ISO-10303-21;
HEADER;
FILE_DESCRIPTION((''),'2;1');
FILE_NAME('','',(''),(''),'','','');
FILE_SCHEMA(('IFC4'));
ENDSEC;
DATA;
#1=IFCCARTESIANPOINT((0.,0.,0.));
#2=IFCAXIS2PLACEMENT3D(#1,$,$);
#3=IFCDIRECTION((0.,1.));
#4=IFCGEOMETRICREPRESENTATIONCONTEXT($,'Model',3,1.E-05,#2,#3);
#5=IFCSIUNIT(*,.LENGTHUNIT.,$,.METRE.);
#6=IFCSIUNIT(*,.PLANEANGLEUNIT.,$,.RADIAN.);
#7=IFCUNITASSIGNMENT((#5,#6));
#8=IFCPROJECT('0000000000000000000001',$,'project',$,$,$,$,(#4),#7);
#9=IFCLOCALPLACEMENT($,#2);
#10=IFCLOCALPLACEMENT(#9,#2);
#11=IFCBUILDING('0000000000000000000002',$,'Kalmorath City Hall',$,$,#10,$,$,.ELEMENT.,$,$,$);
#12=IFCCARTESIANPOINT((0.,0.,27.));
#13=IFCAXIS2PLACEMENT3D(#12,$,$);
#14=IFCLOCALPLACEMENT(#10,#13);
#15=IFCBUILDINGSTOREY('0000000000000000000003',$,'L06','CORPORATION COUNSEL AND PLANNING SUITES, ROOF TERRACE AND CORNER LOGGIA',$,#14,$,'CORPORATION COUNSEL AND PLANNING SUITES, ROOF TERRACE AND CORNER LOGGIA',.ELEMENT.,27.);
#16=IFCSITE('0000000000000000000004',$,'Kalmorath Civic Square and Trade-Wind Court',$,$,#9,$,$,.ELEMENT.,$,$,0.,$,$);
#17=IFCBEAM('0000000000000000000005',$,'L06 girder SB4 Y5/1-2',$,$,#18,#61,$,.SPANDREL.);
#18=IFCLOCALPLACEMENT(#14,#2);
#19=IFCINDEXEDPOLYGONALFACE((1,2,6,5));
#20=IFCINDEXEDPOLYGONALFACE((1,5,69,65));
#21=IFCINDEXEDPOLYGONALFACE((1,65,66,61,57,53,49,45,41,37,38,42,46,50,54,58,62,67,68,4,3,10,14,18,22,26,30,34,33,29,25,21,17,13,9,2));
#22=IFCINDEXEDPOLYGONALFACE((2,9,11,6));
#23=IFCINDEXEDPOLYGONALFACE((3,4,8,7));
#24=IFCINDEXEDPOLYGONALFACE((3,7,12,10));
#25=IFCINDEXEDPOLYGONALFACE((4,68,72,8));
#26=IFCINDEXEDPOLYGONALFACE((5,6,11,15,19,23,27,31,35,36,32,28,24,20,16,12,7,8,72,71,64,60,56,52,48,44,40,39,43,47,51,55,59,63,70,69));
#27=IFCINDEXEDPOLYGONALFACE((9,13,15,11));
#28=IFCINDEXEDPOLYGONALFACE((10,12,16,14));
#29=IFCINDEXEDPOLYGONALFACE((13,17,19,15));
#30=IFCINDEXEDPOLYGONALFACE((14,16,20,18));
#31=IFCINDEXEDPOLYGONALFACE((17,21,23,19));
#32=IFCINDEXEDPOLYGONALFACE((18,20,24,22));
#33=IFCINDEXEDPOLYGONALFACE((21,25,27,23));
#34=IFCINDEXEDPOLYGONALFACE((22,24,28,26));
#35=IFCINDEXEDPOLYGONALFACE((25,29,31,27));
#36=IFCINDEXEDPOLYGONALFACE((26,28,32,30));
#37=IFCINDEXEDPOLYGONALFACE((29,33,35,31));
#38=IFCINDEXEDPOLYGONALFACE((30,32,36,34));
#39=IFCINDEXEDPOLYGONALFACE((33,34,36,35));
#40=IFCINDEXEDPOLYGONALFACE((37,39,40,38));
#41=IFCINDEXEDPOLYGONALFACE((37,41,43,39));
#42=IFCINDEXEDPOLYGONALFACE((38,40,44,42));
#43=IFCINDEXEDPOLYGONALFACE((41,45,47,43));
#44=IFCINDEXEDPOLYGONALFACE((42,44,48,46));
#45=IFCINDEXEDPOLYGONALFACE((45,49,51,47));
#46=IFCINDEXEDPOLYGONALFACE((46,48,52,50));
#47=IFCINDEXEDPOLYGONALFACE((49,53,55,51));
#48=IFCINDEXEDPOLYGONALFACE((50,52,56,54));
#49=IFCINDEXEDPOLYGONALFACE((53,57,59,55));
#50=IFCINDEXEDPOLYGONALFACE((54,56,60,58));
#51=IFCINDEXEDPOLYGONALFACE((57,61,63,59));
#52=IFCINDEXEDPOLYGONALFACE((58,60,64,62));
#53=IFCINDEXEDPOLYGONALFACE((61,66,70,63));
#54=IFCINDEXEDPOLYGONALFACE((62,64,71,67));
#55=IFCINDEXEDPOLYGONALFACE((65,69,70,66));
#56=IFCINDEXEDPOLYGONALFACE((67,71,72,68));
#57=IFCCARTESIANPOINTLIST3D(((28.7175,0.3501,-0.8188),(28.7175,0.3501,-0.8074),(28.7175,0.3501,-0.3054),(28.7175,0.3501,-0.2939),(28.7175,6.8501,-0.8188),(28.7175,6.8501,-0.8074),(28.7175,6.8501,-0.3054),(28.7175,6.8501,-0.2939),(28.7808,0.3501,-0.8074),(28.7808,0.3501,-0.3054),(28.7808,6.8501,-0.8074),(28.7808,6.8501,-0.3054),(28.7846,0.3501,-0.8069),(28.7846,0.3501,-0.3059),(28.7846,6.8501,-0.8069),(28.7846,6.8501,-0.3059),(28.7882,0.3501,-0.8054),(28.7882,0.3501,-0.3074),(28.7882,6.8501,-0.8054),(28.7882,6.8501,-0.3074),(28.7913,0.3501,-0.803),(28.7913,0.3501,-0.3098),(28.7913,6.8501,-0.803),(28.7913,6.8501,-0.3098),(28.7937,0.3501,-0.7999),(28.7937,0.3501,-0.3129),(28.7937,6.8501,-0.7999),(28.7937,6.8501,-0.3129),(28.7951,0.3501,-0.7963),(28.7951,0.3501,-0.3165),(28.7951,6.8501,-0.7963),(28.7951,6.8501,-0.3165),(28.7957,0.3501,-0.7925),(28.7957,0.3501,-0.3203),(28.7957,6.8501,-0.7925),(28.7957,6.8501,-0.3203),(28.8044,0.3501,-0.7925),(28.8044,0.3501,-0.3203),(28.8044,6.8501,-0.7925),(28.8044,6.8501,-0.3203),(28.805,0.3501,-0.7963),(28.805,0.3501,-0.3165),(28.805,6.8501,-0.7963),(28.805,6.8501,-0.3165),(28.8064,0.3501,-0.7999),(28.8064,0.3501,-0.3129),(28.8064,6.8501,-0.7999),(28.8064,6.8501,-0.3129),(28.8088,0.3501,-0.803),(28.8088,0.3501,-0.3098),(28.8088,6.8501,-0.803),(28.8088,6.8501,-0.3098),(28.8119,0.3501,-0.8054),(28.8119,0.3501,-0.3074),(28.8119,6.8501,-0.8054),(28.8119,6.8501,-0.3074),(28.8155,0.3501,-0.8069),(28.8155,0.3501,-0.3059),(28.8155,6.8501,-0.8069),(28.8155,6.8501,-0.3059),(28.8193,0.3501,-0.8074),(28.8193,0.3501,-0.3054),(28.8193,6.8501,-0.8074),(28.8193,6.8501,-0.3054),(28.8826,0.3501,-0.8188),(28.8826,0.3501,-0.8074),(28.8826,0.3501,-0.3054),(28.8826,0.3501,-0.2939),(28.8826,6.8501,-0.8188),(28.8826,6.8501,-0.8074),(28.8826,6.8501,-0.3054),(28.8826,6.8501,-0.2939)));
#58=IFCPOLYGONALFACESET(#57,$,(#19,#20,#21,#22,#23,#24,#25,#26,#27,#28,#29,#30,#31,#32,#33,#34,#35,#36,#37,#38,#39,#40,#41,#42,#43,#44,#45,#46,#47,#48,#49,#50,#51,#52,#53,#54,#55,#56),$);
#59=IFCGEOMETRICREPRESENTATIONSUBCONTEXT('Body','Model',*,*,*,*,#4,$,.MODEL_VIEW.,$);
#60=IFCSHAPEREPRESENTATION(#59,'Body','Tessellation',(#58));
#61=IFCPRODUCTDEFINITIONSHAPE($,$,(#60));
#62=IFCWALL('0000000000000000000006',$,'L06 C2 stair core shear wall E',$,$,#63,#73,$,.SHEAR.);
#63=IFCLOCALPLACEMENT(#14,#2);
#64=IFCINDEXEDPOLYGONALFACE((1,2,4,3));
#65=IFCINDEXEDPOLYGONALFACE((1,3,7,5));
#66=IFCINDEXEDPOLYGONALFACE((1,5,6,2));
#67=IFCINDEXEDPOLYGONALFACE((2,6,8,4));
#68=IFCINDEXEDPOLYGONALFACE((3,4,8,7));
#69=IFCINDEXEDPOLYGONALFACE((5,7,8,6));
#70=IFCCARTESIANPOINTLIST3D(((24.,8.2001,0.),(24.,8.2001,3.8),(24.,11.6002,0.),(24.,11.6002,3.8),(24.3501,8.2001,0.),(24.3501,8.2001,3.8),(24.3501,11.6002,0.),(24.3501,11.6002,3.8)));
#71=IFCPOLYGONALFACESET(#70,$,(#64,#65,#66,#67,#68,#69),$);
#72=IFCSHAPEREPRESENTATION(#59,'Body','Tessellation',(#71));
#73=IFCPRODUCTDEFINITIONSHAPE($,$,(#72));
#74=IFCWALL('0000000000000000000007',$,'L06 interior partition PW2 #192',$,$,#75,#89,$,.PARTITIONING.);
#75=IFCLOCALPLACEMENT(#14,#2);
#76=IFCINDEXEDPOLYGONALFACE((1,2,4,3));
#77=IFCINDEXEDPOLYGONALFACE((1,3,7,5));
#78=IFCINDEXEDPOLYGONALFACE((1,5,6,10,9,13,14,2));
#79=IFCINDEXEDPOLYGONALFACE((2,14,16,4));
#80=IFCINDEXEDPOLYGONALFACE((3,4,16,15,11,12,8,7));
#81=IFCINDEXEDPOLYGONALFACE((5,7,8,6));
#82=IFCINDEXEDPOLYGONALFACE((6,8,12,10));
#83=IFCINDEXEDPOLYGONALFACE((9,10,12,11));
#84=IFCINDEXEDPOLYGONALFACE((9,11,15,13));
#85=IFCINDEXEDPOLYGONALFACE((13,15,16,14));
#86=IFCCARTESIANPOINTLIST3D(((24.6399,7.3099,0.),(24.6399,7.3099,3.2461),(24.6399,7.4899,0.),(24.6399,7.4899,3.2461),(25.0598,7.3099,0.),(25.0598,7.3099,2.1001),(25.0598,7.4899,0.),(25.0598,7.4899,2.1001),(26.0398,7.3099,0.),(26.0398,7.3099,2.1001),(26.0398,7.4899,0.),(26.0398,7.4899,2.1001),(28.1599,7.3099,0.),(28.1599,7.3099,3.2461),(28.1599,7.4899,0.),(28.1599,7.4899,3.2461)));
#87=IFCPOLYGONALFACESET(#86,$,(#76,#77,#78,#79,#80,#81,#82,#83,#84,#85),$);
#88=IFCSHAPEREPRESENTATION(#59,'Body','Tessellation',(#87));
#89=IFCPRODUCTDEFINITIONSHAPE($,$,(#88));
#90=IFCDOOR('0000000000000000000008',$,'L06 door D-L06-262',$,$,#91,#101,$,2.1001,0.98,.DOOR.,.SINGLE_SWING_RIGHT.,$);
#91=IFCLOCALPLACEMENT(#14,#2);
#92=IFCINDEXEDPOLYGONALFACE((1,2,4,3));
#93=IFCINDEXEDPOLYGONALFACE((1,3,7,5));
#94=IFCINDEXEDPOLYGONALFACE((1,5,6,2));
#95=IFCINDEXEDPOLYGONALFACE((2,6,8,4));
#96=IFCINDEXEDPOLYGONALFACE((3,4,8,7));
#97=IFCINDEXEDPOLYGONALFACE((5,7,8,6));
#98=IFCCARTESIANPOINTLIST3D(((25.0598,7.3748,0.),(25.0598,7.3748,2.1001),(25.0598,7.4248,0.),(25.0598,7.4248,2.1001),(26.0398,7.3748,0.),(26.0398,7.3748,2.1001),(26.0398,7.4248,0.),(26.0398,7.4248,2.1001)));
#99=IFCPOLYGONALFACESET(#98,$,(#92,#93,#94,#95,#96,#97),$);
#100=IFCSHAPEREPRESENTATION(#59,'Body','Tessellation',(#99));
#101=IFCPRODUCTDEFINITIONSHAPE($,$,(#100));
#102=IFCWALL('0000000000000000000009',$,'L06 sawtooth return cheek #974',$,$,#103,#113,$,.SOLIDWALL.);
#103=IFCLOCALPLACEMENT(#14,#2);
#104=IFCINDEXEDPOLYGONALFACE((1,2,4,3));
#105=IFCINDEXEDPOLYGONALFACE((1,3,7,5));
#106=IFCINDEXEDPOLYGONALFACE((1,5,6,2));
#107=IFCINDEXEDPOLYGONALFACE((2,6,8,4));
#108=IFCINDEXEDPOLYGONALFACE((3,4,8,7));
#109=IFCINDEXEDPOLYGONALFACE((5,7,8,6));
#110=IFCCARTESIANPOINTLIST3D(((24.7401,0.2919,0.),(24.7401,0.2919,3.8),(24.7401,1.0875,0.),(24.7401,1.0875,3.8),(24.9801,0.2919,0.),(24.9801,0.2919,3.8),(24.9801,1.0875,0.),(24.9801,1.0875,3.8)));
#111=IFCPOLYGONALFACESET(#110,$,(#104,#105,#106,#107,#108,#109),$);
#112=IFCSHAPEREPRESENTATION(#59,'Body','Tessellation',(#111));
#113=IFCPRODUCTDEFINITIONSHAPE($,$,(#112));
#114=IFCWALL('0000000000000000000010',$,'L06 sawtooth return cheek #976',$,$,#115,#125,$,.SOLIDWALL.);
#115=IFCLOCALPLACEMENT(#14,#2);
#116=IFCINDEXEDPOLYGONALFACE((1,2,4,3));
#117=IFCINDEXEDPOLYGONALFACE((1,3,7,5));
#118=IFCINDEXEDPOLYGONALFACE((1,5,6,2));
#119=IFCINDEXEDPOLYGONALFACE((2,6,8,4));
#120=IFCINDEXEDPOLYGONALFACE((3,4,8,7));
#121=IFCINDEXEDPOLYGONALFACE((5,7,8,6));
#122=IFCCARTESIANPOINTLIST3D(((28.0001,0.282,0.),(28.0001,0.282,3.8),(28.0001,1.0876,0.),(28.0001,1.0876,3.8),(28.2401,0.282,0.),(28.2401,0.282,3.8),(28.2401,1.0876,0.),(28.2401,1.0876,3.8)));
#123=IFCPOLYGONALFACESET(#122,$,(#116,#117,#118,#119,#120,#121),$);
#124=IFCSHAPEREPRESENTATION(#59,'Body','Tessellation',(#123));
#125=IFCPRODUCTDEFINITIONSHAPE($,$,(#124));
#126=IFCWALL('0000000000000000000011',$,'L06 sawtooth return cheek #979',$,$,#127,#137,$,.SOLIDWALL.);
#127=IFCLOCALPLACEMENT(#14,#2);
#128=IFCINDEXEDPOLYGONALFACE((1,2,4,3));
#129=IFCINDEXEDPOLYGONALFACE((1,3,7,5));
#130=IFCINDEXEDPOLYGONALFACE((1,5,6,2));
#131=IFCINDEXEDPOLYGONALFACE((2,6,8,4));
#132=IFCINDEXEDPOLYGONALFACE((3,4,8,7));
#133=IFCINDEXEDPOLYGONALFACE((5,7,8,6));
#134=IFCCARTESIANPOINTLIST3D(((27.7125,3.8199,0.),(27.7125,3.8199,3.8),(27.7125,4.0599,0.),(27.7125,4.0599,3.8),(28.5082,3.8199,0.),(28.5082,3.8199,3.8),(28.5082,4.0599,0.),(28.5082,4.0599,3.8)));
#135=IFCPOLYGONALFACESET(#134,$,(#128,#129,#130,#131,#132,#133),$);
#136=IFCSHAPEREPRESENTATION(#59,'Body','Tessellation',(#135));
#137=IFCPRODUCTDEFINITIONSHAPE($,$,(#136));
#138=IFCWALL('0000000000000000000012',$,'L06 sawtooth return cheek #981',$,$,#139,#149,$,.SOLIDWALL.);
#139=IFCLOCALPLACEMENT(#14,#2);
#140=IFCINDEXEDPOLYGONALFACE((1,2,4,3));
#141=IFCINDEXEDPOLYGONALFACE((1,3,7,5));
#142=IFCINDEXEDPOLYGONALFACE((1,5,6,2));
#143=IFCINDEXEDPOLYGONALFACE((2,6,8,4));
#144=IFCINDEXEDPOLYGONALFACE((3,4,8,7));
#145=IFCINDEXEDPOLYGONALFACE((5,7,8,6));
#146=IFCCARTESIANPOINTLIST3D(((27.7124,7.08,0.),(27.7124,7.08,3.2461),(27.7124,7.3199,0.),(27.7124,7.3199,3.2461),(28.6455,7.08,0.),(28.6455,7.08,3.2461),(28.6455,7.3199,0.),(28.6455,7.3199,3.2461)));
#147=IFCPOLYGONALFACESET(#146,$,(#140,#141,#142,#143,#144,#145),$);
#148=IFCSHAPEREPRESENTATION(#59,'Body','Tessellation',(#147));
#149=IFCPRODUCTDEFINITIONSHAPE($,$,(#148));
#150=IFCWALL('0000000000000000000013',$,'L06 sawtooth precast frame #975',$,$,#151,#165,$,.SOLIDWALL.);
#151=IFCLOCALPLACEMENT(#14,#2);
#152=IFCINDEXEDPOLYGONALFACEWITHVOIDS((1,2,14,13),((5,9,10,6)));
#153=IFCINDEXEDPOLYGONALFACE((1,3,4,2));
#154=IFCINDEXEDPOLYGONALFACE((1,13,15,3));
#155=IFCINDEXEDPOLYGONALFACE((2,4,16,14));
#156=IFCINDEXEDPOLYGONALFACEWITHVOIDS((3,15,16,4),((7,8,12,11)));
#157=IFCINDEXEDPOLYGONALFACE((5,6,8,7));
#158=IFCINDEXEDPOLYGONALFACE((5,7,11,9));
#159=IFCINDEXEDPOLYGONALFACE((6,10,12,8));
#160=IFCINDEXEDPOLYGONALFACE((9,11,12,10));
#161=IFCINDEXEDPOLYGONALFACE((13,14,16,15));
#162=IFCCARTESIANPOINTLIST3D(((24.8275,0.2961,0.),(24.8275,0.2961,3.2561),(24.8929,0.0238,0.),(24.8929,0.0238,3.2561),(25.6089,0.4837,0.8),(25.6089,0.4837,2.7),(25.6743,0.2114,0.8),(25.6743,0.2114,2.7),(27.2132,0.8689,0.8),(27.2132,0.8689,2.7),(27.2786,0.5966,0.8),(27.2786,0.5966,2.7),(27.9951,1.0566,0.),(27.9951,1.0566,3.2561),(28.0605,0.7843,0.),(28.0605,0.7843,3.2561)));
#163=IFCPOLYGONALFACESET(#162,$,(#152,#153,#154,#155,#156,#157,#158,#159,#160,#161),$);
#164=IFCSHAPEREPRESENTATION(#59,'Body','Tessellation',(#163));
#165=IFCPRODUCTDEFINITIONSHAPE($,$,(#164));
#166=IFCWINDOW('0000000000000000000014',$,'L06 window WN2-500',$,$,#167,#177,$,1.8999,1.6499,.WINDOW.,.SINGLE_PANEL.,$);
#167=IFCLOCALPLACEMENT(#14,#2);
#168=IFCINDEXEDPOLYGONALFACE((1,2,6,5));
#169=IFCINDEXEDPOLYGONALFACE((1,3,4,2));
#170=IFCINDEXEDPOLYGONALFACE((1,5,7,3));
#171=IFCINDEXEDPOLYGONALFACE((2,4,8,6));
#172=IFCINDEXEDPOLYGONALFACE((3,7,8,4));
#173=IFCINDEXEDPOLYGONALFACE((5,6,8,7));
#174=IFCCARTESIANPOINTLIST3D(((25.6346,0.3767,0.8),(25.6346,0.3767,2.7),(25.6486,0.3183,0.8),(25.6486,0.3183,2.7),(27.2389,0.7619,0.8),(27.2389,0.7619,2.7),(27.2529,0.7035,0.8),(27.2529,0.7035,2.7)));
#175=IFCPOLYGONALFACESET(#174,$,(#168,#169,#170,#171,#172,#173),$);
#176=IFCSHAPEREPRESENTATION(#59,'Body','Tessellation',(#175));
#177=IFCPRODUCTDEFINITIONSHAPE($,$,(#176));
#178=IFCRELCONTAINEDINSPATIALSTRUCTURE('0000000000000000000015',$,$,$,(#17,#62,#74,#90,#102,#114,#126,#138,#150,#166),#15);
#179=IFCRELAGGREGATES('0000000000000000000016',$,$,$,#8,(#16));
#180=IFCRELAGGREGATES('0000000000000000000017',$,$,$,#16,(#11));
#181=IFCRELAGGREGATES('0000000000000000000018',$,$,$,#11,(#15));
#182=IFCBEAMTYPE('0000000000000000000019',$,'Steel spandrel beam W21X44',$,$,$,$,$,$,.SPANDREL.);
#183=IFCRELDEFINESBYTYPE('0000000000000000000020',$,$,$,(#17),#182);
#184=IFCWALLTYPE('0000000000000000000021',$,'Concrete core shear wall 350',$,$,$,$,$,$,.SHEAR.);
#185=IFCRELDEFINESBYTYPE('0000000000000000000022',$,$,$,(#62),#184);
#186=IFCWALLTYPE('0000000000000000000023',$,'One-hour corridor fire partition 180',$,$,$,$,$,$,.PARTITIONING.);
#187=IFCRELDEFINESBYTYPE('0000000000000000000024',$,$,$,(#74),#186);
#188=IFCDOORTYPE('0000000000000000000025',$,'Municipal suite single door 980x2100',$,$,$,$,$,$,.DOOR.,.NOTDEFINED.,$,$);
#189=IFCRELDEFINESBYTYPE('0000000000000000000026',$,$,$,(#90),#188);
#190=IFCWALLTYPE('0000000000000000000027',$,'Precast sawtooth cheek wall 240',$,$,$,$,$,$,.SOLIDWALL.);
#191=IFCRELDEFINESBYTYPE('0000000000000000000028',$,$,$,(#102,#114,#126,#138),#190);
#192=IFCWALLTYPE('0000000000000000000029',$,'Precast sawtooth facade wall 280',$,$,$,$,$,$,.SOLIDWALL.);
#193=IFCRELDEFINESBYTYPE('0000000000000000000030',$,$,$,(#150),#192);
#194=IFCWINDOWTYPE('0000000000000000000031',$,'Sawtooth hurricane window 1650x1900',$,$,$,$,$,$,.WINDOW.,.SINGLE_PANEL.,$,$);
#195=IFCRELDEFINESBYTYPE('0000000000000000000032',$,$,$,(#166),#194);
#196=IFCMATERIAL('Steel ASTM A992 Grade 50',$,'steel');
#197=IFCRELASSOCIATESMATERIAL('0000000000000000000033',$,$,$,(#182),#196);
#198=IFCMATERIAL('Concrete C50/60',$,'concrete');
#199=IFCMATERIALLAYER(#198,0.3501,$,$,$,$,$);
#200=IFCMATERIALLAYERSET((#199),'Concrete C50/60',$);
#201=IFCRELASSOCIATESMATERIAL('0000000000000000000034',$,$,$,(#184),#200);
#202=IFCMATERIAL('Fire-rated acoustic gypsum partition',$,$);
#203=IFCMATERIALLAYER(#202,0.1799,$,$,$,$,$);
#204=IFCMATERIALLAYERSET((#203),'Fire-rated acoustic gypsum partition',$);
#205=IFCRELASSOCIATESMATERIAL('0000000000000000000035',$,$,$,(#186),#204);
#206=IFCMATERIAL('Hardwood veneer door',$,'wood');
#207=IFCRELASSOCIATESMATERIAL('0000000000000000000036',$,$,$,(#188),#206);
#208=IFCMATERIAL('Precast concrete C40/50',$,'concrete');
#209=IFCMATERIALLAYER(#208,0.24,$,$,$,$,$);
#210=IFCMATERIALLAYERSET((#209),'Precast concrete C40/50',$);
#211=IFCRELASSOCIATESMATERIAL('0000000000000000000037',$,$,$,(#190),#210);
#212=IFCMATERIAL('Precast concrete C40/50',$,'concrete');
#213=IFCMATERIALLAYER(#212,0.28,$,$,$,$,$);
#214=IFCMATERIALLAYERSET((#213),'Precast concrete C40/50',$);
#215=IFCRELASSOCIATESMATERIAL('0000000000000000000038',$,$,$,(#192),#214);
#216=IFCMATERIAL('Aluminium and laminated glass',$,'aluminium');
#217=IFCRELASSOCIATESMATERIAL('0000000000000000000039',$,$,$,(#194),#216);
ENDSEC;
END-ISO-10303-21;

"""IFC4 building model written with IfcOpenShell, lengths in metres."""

from ifc_helpers import new_model, si_unit, direction, frame, frame_2d, origin, origin_2d, place, context, subcontext, project, spatial, rectangle, i_section, extrude, material, layer, layer_set, material_profile, profile_set, type_object, element, fill, save


model = new_model("IFC4")

# Units and contexts
model_context = context("Model", 3, precision=1e-05, world=origin(), true_north=direction((0.0, 1.0)))
body_context = subcontext(model_context, "Body", "Model", "MODEL_VIEW")
ifc_project = project(units=[si_unit("LENGTHUNIT", "METRE"), si_unit("PLANEANGLEUNIT", "RADIAN")], contexts=[model_context])

# Site, building, storey
site_placement = place(None, origin())
site = spatial("IfcSite", under=ifc_project, at=site_placement, Name="Kalmorath Civic Square and Trade-Wind Court", CompositionType="ELEMENT", RefElevation=0.0)
building_placement = place(site_placement, origin())
building = spatial("IfcBuilding", under=site, at=building_placement, Name="Kalmorath City Hall", CompositionType="ELEMENT")
storey_placement = place(building_placement, frame((0.0, 0.0, 27.0)))
storey = spatial("IfcBuildingStorey", under=building, at=storey_placement, Name="L06", Description="CORPORATION COUNSEL AND PLANNING SUITES, ROOF TERRACE AND CORNER LOGGIA", LongName="CORPORATION COUNSEL AND PLANNING SUITES, ROOF TERRACE AND CORNER LOGGIA", CompositionType="ELEMENT", Elevation=27.0)

# Beam
ifc_material_1 = material(Name="Steel ASTM A992 Grade 50", Category="steel")
ifc_material_profile_1 = material_profile(ifc_material_1, i_section(OverallWidth=0.165, OverallDepth=0.5249, WebThickness=0.0088, FlangeThickness=0.0115, FilletRadius=0.0149, at=origin_2d()), Name="W21X44")
ifc_profile_set_1 = profile_set([ifc_material_profile_1], Name="Steel ASTM A992 Grade 50")
beam_type_1 = type_object("IfcBeamType", Name="Steel spandrel beam W21X44", PredefinedType="SPANDREL", material=ifc_profile_set_1)
beam_1_placement = place(storey_placement, frame((28.8, 0.3501, -0.5564), z_axis=(0.0, 1.0, 0.0), x_axis=(-1.0, 0.0, 0.0)))
element("IfcBeam", 1, at=beam_1_placement, inside=storey, type_object=beam_type_1, Name="L06 girder SB4 Y5/1-2", PredefinedType="SPANDREL", context=body_context, shape_type="SweptSolid", body=[
    extrude(i_section(OverallWidth=0.165, OverallDepth=0.5249, WebThickness=0.0088, FlangeThickness=0.0115, FilletRadius=0.0149, at=origin_2d()), origin(), (0.0, 0.0, 1.0), 6.5),
])

# Wall
ifc_material_2 = material(Name="Concrete C50/60", Category="concrete")
ifc_layer_1 = layer(ifc_material_2, 0.3501)
ifc_layer_set_1 = layer_set([ifc_layer_1], Name="Concrete C50/60")
wall_type_1 = type_object("IfcWallType", Name="Concrete core shear wall 350", PredefinedType="SHEAR", material=ifc_layer_set_1)
wall_1_placement = place(storey_placement, frame((24.175, 8.2, 0.0), z_axis=(0.0, 0.0, 1.0), x_axis=(0.0, 1.0, 0.0)))
element("IfcWall", 2, at=wall_1_placement, inside=storey, type_object=wall_type_1, Name="L06 C2 stair core shear wall E", PredefinedType="SHEAR", context=body_context, shape_type="SweptSolid", body=[
    extrude(rectangle(XDim=3.4001, YDim=0.3501, at=frame_2d((1.7002, 0.0))), origin(), (0.0, 0.0, 1.0), 3.8),
])

# Wall, opening, door
ifc_material_3 = material(Name="Fire-rated acoustic gypsum partition")
ifc_layer_2 = layer(ifc_material_3, 0.1799)
ifc_layer_set_2 = layer_set([ifc_layer_2], Name="Fire-rated acoustic gypsum partition")
wall_type_2 = type_object("IfcWallType", Name="One-hour corridor fire partition 180", PredefinedType="PARTITIONING", material=ifc_layer_set_2)
wall_2_placement = place(storey_placement, frame((24.6399, 7.3999, 0.0), z_axis=(0.0, 0.0, 1.0), x_axis=(1.0, 0.0, 0.0)))
wall_2 = element("IfcWall", 3, at=wall_2_placement, inside=storey, type_object=wall_type_2, Name="L06 interior partition PW2 #192", PredefinedType="PARTITIONING", context=body_context, shape_type="SweptSolid", body=[
    extrude(rectangle(XDim=3.52, YDim=0.1799, at=frame_2d((1.76, 0.0))), origin(), (0.0, 0.0, 1.0), 3.2461),
])
opening_1_placement = place(wall_2_placement, frame((0.4199, 0.0, 0.0)))
opening_1 = element("IfcOpeningElement", 4, at=opening_1_placement, cuts=wall_2, PredefinedType="OPENING", context=body_context, shape_type="SweptSolid", body=[
    extrude(rectangle(XDim=0.98, YDim=2.1001, at=frame_2d((0.49, 1.05))), frame((0.0, 0.0999, 0.0), z_axis=(0.0, -1.0, 0.0), x_axis=(1.0, 0.0, 0.0)), (0.0, 0.0, 1.0), 0.2),
])
ifc_material_4 = material(Name="Hardwood veneer door", Category="wood")
door_type_1 = type_object("IfcDoorType", Name="Municipal suite single door 980x2100", OperationType="NOTDEFINED", PredefinedType="DOOR", material=ifc_material_4)
door_1_placement = place(opening_1_placement, origin())
door_1 = element("IfcDoor", 5, at=door_1_placement, inside=storey, type_object=door_type_1, Name="L06 door D-L06-262", OperationType="SINGLE_SWING_RIGHT", OverallHeight=2.1001, OverallWidth=0.98, PredefinedType="DOOR", context=body_context, shape_type="SweptSolid", body=[
    extrude(rectangle(XDim=0.98, YDim=2.1001, at=frame_2d((0.49, 1.05))), frame((0.0, 0.0249, 0.0), z_axis=(0.0, -1.0, 0.0), x_axis=(1.0, 0.0, 0.0)), (0.0, 0.0, 1.0), 0.05),
])
fill(opening_1, door_1)

# Walls
ifc_material_5 = material(Name="Precast concrete C40/50", Category="concrete")
ifc_layer_3 = layer(ifc_material_5, 0.24)
ifc_layer_set_3 = layer_set([ifc_layer_3], Name="Precast concrete C40/50")
wall_type_3 = type_object("IfcWallType", Name="Precast sawtooth cheek wall 240", PredefinedType="SOLIDWALL", material=ifc_layer_set_3)
wall_3_placement = place(storey_placement, frame((24.8601, 1.0876, 0.0), z_axis=(0.0, 0.0, 1.0), x_axis=(0.0, -1.0, 0.0)))
element("IfcWall", 6, at=wall_3_placement, inside=storey, type_object=wall_type_3, Name="L06 sawtooth return cheek #974", PredefinedType="SOLIDWALL", context=body_context, shape_type="SweptSolid", body=[
    extrude(rectangle(XDim=0.7957, YDim=0.24, at=frame_2d((0.3979, 0.0))), origin(), (0.0, 0.0, 1.0), 3.8),
])
wall_4_placement = place(storey_placement, frame((28.1201, 1.0876, 0.0), z_axis=(0.0, 0.0, 1.0), x_axis=(0.0, -1.0, 0.0)))
element("IfcWall", 7, at=wall_4_placement, inside=storey, type_object=wall_type_3, Name="L06 sawtooth return cheek #976", PredefinedType="SOLIDWALL", context=body_context, shape_type="SweptSolid", body=[
    extrude(rectangle(XDim=0.8057, YDim=0.24, at=frame_2d((0.4028, 0.0))), origin(), (0.0, 0.0, 1.0), 3.8),
])
wall_5_placement = place(storey_placement, frame((27.7124, 3.9399, 0.0), z_axis=(0.0, 0.0, 1.0), x_axis=(1.0, 0.0, 0.0)))
element("IfcWall", 8, at=wall_5_placement, inside=storey, type_object=wall_type_3, Name="L06 sawtooth return cheek #979", PredefinedType="SOLIDWALL", context=body_context, shape_type="SweptSolid", body=[
    extrude(rectangle(XDim=0.7957, YDim=0.24, at=frame_2d((0.3979, 0.0))), origin(), (0.0, 0.0, 1.0), 3.8),
])
wall_6_placement = place(storey_placement, frame((27.7124, 7.2, 0.0), z_axis=(0.0, 0.0, 1.0), x_axis=(1.0, 0.0, 0.0)))
element("IfcWall", 9, at=wall_6_placement, inside=storey, type_object=wall_type_3, Name="L06 sawtooth return cheek #981", PredefinedType="SOLIDWALL", context=body_context, shape_type="SweptSolid", body=[
    extrude(rectangle(XDim=0.9331, YDim=0.24, at=frame_2d((0.4666, 0.0))), origin(), (0.0, 0.0, 1.0), 3.2461),
])

# Wall, opening, window
ifc_material_6 = material(Name="Precast concrete C40/50", Category="concrete")
ifc_layer_4 = layer(ifc_material_6, 0.28)
ifc_layer_set_4 = layer_set([ifc_layer_4], Name="Precast concrete C40/50")
wall_type_4 = type_object("IfcWallType", Name="Precast sawtooth facade wall 280", PredefinedType="SOLIDWALL", material=ifc_layer_set_4)
wall_7_placement = place(storey_placement, frame((24.8601, 0.1599, 0.0), z_axis=(0.0, 0.0, 1.0), x_axis=(0.972366, 0.233461, 0.0)))
wall_7 = element("IfcWall", 10, at=wall_7_placement, inside=storey, type_object=wall_type_4, Name="L06 sawtooth precast frame #975", PredefinedType="SOLIDWALL", context=body_context, shape_type="SweptSolid", body=[
    extrude(rectangle(XDim=3.2576, YDim=0.28, at=frame_2d((1.6289, 0.0))), origin(), (0.0, 0.0, 1.0), 3.2561),
])
opening_2_placement = place(wall_7_placement, frame((0.8037, 0.0, 0.8)))
opening_2 = element("IfcOpeningElement", 11, at=opening_2_placement, cuts=wall_7, PredefinedType="OPENING", context=body_context, shape_type="SweptSolid", body=[
    extrude(rectangle(XDim=1.6499, YDim=1.8999, at=frame_2d((0.825, 0.95))), frame((0.0, 0.1499, 0.0), z_axis=(0.0, -1.0, 0.0), x_axis=(1.0, 0.0, 0.0)), (0.0, 0.0, 1.0), 0.3),
])
ifc_material_7 = material(Name="Aluminium and laminated glass", Category="aluminium")
window_type_1 = type_object("IfcWindowType", Name="Sawtooth hurricane window 1650x1900", PartitioningType="SINGLE_PANEL", PredefinedType="WINDOW", material=ifc_material_7)
window_1_placement = place(opening_2_placement, origin())
window_1 = element("IfcWindow", 12, at=window_1_placement, inside=storey, type_object=window_type_1, Name="L06 window WN2-500", OverallHeight=1.8999, OverallWidth=1.6499, PartitioningType="SINGLE_PANEL", PredefinedType="WINDOW", context=body_context, shape_type="SweptSolid", body=[
    extrude(rectangle(XDim=1.6499, YDim=1.8999, at=frame_2d((0.825, 0.95))), frame((0.0, 0.03, 0.0), z_axis=(0.0, -1.0, 0.0), x_axis=(1.0, 0.0, 0.0)), (0.0, 0.0, 1.0), 0.0601),
])
fill(opening_2, window_1)

save(model, "model.ifc")
